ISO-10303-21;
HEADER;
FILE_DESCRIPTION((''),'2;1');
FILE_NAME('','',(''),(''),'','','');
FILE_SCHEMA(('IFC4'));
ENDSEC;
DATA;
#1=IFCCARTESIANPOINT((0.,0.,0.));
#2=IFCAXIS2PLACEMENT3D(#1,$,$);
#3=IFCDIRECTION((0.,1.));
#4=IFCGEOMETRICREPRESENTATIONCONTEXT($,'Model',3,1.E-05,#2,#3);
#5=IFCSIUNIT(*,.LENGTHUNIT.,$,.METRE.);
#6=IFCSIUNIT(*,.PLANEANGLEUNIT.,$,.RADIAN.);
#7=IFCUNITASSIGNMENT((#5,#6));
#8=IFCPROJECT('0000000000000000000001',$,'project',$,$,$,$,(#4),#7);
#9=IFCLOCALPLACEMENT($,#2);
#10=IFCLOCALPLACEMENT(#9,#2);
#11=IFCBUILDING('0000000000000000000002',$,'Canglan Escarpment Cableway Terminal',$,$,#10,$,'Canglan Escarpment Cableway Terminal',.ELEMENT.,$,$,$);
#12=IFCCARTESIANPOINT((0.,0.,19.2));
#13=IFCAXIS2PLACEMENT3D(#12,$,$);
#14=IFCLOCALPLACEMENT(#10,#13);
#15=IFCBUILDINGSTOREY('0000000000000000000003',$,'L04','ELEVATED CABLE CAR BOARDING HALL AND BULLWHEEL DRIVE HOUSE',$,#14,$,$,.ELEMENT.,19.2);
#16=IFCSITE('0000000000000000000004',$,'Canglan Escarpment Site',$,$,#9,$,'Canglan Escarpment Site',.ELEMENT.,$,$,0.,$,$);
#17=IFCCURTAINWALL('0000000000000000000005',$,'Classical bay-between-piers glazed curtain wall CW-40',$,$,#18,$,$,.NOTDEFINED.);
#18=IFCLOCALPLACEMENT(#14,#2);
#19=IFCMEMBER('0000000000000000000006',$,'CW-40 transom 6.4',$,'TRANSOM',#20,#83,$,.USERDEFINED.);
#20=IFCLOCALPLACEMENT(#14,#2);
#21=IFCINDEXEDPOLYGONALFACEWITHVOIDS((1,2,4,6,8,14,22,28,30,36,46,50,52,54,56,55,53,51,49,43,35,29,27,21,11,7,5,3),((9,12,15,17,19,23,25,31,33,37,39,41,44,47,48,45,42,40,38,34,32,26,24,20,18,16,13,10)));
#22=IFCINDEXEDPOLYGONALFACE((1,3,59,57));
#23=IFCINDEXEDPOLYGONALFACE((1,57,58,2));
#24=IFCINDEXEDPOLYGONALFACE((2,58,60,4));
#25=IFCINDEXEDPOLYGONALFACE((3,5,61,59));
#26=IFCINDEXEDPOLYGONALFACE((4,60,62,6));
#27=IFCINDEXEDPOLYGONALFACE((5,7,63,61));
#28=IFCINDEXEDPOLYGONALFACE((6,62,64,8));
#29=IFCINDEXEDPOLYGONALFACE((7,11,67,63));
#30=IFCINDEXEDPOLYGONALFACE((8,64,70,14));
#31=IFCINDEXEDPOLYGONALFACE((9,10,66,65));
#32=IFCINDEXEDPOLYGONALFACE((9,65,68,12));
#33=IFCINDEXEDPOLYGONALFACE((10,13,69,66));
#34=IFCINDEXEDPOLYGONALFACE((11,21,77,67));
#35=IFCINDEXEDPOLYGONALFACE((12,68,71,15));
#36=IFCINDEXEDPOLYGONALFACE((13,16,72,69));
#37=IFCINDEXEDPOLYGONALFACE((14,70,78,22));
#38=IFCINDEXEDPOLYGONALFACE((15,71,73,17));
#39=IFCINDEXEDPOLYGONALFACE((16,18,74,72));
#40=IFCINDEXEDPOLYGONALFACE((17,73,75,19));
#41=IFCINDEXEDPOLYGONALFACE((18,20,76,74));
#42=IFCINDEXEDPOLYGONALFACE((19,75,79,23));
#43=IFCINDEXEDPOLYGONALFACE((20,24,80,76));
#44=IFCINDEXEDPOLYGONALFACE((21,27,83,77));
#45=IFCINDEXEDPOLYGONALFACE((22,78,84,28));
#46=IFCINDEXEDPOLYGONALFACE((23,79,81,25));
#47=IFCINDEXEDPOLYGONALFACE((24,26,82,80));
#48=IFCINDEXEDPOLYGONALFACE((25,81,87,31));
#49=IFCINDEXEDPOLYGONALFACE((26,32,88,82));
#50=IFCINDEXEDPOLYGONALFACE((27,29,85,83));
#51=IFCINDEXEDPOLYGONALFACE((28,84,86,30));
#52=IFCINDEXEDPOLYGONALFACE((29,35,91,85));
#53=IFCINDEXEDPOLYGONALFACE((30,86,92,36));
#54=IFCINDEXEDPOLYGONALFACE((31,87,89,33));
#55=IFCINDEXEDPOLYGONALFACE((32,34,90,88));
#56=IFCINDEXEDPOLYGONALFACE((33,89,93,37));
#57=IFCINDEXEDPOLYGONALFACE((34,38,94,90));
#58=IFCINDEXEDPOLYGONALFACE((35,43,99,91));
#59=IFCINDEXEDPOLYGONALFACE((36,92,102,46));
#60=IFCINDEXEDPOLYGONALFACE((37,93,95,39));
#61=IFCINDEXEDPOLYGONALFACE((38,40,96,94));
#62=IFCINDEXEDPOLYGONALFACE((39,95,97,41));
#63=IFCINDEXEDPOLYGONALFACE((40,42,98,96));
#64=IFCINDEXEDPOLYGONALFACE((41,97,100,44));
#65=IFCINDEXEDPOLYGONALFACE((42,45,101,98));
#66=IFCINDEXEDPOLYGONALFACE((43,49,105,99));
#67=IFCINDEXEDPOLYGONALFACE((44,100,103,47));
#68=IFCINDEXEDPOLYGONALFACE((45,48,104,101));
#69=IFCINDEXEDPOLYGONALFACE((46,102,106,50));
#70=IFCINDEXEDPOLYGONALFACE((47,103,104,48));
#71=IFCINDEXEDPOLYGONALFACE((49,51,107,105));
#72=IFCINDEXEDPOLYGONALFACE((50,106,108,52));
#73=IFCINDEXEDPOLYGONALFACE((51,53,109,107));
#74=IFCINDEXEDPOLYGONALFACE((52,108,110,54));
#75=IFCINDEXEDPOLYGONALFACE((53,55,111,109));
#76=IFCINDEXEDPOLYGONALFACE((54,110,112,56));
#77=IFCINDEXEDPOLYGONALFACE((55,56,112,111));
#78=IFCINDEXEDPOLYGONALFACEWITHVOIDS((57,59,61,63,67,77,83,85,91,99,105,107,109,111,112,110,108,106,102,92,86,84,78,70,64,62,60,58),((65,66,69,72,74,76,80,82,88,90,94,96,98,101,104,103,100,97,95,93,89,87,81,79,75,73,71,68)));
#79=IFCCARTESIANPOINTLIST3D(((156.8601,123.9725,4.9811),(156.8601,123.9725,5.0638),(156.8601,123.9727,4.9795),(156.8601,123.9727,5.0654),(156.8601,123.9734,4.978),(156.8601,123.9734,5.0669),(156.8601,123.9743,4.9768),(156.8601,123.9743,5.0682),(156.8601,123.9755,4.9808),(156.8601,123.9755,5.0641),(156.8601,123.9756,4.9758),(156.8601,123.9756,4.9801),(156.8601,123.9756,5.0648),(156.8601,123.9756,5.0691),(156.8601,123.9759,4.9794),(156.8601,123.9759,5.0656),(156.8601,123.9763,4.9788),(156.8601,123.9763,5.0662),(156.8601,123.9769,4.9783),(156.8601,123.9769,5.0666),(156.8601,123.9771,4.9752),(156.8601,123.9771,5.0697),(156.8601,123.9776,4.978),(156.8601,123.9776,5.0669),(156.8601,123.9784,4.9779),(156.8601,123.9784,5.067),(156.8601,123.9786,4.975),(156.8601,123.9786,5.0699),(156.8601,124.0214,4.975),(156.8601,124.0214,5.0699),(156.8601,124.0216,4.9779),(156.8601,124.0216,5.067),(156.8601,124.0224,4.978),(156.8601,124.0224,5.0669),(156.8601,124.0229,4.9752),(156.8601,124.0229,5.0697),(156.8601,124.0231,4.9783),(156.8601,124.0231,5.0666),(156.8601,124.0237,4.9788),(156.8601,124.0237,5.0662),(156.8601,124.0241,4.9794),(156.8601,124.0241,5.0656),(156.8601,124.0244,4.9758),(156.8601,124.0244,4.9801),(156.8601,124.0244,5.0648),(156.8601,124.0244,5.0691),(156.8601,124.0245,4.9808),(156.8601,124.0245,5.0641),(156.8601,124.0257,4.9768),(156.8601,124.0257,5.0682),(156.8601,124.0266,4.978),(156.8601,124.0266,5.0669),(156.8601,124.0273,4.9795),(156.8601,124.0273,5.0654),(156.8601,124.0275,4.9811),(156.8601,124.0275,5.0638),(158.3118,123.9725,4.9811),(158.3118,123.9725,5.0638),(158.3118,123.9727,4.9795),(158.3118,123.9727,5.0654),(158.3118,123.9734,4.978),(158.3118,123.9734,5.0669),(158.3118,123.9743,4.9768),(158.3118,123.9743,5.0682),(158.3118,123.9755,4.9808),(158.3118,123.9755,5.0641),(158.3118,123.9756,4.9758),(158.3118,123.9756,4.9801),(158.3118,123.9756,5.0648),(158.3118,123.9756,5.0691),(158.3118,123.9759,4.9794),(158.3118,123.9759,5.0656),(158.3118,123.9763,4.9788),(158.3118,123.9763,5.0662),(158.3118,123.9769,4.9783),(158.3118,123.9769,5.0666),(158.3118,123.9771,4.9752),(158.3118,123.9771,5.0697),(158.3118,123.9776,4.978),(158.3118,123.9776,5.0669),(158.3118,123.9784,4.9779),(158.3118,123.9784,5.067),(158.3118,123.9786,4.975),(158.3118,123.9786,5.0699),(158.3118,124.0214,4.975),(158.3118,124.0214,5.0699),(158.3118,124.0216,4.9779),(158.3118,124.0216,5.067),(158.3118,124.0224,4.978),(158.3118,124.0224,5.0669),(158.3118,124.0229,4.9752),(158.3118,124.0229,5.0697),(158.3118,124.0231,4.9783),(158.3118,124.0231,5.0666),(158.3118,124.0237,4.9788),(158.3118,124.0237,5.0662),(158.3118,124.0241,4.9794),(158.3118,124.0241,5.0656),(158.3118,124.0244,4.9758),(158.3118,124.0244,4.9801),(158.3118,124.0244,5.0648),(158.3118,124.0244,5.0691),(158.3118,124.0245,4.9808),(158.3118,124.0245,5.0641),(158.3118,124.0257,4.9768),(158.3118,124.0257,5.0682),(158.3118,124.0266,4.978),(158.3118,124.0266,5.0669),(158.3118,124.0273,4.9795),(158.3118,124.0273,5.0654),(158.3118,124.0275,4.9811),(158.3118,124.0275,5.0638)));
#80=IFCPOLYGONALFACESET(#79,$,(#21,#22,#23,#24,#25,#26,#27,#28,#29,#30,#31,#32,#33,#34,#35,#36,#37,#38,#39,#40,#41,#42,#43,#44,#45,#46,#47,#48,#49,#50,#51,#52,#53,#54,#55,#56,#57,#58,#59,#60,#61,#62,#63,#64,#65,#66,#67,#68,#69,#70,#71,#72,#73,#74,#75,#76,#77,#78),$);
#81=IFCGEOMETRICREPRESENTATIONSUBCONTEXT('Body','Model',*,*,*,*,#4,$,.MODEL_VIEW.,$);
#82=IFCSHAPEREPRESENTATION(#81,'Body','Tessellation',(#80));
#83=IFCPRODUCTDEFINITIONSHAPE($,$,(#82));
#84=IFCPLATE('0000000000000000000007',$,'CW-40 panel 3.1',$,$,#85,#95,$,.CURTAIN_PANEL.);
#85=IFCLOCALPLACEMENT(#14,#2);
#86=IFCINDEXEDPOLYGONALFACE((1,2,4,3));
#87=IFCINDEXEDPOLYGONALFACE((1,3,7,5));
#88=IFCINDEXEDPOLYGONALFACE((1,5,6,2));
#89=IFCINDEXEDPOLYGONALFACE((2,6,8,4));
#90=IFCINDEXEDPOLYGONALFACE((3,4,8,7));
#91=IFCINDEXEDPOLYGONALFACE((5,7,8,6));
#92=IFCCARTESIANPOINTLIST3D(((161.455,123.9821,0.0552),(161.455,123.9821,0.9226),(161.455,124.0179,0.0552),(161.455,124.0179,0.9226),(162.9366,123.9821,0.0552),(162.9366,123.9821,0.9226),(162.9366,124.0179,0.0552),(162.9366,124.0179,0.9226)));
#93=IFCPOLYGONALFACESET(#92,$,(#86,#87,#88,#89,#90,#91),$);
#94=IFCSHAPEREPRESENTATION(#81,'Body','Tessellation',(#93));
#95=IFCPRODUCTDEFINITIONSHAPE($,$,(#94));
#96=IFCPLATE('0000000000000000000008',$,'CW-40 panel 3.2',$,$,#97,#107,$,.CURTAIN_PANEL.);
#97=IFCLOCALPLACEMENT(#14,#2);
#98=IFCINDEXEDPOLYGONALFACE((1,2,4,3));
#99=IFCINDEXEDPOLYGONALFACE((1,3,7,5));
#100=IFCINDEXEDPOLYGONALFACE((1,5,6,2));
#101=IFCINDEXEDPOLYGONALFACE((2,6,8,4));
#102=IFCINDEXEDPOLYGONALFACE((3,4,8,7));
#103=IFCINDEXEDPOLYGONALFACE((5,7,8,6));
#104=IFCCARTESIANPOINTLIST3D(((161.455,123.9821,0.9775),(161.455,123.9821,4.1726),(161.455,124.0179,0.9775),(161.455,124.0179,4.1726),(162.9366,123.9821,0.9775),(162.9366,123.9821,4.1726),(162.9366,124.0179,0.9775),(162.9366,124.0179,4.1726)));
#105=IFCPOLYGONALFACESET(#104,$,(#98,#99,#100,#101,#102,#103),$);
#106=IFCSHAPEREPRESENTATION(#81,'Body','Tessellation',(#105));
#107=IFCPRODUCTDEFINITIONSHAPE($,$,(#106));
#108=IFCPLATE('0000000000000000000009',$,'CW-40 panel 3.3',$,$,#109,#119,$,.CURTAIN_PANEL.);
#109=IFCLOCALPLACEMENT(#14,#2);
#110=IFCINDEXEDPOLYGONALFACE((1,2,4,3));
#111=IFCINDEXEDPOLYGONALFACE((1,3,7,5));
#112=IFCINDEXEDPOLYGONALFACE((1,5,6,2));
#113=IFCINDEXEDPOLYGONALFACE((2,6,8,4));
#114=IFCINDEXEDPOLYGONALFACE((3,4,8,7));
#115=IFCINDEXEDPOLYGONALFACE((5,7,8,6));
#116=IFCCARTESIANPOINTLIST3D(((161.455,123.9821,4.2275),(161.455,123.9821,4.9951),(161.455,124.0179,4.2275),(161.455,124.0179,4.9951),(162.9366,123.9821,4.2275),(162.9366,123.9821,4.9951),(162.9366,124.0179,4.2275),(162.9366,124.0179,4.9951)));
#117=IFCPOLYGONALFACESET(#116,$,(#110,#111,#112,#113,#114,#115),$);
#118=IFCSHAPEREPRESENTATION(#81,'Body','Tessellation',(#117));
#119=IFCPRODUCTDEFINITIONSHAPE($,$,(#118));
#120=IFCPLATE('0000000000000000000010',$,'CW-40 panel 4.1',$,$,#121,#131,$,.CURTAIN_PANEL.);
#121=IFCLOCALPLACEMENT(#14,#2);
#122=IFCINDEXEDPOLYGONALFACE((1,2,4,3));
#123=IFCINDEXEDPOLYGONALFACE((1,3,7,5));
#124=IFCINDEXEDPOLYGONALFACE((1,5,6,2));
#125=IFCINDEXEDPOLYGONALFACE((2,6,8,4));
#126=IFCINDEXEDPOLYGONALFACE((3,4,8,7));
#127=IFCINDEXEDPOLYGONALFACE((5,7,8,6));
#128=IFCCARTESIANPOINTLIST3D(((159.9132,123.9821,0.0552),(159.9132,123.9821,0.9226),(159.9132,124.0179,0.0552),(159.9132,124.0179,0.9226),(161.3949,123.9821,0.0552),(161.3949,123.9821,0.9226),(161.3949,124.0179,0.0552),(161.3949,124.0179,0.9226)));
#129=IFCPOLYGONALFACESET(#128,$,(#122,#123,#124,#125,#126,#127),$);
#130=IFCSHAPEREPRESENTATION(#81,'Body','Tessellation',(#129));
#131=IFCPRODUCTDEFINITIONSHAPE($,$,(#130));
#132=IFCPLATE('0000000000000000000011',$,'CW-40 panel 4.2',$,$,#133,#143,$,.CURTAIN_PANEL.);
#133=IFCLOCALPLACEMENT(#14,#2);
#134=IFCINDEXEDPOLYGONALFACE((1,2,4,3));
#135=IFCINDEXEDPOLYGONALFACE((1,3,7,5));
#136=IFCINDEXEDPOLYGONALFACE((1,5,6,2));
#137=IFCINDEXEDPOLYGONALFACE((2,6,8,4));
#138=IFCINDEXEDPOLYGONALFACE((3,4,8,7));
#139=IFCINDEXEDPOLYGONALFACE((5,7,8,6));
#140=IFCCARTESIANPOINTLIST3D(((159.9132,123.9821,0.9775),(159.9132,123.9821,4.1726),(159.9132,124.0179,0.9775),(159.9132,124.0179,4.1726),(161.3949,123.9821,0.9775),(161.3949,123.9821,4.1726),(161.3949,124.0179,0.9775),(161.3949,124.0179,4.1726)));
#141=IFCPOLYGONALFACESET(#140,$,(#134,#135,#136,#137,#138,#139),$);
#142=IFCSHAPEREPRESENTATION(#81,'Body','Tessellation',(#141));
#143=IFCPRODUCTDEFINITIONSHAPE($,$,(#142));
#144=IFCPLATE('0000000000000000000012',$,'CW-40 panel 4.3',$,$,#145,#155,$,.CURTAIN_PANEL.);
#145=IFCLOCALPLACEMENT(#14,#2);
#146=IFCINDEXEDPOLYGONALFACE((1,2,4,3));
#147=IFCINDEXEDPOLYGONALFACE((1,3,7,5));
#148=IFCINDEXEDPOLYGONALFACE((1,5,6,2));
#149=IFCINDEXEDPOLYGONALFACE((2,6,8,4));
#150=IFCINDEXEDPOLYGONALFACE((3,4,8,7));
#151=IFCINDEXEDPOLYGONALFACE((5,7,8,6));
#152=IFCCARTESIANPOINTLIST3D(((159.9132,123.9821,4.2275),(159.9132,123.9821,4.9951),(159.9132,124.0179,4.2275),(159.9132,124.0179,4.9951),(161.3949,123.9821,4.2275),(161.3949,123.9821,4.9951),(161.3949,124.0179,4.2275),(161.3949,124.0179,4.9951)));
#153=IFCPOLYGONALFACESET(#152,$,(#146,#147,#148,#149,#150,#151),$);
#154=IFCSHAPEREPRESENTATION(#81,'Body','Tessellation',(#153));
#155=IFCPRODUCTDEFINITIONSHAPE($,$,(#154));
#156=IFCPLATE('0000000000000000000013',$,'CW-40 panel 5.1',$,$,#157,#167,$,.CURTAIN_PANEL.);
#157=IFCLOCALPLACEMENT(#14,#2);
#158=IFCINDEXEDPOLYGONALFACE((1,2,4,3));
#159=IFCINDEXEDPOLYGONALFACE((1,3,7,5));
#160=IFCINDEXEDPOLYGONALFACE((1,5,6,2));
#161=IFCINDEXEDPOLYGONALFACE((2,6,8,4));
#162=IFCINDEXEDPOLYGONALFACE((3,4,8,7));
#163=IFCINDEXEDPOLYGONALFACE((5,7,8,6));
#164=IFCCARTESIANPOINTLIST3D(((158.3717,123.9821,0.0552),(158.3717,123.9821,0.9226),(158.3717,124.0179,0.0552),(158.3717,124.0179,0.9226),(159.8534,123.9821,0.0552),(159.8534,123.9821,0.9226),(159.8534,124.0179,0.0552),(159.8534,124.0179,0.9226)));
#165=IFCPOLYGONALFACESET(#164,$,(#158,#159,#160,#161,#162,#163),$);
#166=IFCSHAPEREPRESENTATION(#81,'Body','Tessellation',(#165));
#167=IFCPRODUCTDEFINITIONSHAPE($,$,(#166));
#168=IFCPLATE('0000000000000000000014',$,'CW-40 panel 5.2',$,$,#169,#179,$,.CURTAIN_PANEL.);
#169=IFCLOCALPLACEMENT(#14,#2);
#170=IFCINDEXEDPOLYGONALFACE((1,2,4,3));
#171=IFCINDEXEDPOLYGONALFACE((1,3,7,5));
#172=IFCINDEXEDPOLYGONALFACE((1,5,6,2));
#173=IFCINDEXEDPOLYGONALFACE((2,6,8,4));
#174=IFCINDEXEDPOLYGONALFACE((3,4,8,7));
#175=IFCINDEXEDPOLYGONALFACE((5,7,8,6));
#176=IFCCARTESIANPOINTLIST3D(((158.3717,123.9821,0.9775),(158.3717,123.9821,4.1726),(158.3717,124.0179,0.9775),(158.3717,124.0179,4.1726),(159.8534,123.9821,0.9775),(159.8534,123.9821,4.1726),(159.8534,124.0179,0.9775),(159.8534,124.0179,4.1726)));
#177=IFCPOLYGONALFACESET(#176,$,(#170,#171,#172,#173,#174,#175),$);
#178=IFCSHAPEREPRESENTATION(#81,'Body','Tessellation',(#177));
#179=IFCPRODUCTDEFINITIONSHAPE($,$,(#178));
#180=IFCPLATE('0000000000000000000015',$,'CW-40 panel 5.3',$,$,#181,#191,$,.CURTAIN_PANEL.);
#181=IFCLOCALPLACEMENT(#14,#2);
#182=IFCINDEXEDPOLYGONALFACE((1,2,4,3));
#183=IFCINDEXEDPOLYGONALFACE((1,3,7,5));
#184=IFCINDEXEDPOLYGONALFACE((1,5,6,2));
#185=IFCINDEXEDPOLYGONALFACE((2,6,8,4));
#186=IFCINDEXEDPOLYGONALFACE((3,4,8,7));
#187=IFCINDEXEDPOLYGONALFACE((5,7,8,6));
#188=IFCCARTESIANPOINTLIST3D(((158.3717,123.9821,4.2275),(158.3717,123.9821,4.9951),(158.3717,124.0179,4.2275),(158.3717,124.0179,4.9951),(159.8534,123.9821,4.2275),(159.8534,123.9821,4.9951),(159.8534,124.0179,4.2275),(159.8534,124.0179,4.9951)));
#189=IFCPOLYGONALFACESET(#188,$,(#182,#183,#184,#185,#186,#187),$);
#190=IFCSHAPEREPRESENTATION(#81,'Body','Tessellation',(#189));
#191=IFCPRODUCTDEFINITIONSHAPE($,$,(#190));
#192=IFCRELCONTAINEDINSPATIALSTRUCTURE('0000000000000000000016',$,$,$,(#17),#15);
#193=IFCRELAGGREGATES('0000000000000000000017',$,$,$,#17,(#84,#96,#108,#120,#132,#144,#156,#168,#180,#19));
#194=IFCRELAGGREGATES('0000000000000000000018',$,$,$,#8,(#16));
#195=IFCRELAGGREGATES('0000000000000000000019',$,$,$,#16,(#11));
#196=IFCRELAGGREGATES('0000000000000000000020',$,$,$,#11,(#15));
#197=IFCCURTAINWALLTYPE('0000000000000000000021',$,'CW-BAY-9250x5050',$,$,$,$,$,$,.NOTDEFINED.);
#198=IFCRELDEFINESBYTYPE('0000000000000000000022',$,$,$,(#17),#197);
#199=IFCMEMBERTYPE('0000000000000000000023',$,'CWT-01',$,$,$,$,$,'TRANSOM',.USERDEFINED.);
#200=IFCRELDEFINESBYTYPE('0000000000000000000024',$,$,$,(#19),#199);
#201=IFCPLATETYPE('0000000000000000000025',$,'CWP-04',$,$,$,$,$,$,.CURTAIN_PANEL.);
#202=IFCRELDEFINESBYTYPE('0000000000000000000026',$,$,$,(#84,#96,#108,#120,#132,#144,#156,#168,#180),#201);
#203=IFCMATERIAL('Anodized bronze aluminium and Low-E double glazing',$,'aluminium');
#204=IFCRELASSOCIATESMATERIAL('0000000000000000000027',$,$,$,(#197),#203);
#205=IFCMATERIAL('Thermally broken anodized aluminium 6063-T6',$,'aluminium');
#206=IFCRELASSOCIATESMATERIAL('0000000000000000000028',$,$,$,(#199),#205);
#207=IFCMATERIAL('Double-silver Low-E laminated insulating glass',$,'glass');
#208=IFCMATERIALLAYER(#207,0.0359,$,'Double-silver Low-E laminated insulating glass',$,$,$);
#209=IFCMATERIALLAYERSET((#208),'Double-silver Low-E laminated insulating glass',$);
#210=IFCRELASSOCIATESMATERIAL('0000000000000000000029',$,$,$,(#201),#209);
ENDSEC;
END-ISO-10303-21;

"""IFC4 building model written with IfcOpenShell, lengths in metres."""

from ifc_helpers import new_model, si_unit, direction, frame, origin, origin_2d, place, context, subcontext, project, spatial, rectangle, hollow_rectangle, extrude, material, layer, layer_set, material_profile, profile_set, type_object, element, aggregate, save


model = new_model("IFC4")

# Units and contexts
model_context = context("Model", 3, precision=1e-05, world=origin(), true_north=direction((0.0, 1.0)))
body_context = subcontext(model_context, "Body", "Model", "MODEL_VIEW")
ifc_project = project(units=[si_unit("LENGTHUNIT", "METRE"), si_unit("PLANEANGLEUNIT", "RADIAN")], contexts=[model_context])

# Site, building, storey
site_placement = place(None, origin())
site = spatial("IfcSite", under=ifc_project, at=site_placement, Name="Canglan Escarpment Site", LongName="Canglan Escarpment Site", CompositionType="ELEMENT", RefElevation=0.0)
building_placement = place(site_placement, origin())
building = spatial("IfcBuilding", under=site, at=building_placement, Name="Canglan Escarpment Cableway Terminal", LongName="Canglan Escarpment Cableway Terminal", CompositionType="ELEMENT")
storey_placement = place(building_placement, frame((0.0, 0.0, 19.2)))
storey = spatial("IfcBuildingStorey", under=building, at=storey_placement, Name="L04", Description="ELEVATED CABLE CAR BOARDING HALL AND BULLWHEEL DRIVE HOUSE", CompositionType="ELEMENT", Elevation=19.2)

# Curtain wall
ifc_material_1 = material(Name="Anodized bronze aluminium and Low-E double glazing", Category="aluminium")
curtain_wall_type = type_object("IfcCurtainWallType", Name="CW-BAY-9250x5050", PredefinedType="NOTDEFINED", material=ifc_material_1)
curtain_wall_1_placement = place(storey_placement, origin())
curtain_wall_1 = element("IfcCurtainWall", 1, at=curtain_wall_1_placement, inside=storey, type_object=curtain_wall_type, Name="Classical bay-between-piers glazed curtain wall CW-40", PredefinedType="NOTDEFINED")
ifc_material_2 = material(Name="Thermally broken anodized aluminium 6063-T6", Category="aluminium")

# Member
ifc_material_profile_1 = material_profile(ifc_material_2, hollow_rectangle(XDim=0.0549, YDim=0.095, WallThickness=0.0029, InnerFilletRadius=0.0029, OuterFilletRadius=0.0061, at=origin_2d()), Name="ALU-TRAN 55x95x3")
ifc_profile_set_1 = profile_set([ifc_material_profile_1], Name="Thermally broken anodized aluminium 6063-T6")
member_type_1 = type_object("IfcMemberType", Name="CWT-01", ElementType="TRANSOM", PredefinedType="USERDEFINED", material=ifc_profile_set_1)
member_1_placement = place(storey_placement, frame((158.3118, 124.0, 5.0225), z_axis=(-1.0, 0.0, 0.0), x_axis=(0.0, -1.0, 0.0)))
member_1 = element("IfcMember", 2, at=member_1_placement, type_object=member_type_1, Name="CW-40 transom 6.4", ObjectType="TRANSOM", PredefinedType="USERDEFINED", context=body_context, shape_type="SweptSolid", body=[
    extrude(hollow_rectangle(XDim=0.0549, YDim=0.095, WallThickness=0.0029, InnerFilletRadius=0.0029, OuterFilletRadius=0.0061, at=origin_2d()), origin(), (0.0, 0.0, 1.0), 1.4517),
])

# Plates
ifc_material_3 = material(Name="Double-silver Low-E laminated insulating glass", Category="glass")
ifc_layer_1 = layer(ifc_material_3, 0.0359, Name="Double-silver Low-E laminated insulating glass")
ifc_layer_set_1 = layer_set([ifc_layer_1], Name="Double-silver Low-E laminated insulating glass")
plate_type = type_object("IfcPlateType", Name="CWP-04", PredefinedType="CURTAIN_PANEL", material=ifc_layer_set_1)
plate_1_placement = place(storey_placement, frame((162.1958, 124.0, 0.0552), z_axis=(0.0, 0.0, 1.0), x_axis=(-1.0, 0.0, 0.0)))
plate_1 = element("IfcPlate", 3, at=plate_1_placement, type_object=plate_type, Name="CW-40 panel 3.1", PredefinedType="CURTAIN_PANEL", context=body_context, shape_type="SweptSolid", body=[
    extrude(rectangle(XDim=1.4817, YDim=0.0359, at=origin_2d()), origin(), (0.0, 0.0, 1.0), 0.8674),
])
plate_2_placement = place(storey_placement, frame((162.1958, 124.0, 0.9775), z_axis=(0.0, 0.0, 1.0), x_axis=(-1.0, 0.0, 0.0)))
plate_2 = element("IfcPlate", 4, at=plate_2_placement, type_object=plate_type, Name="CW-40 panel 3.2", PredefinedType="CURTAIN_PANEL", context=body_context, shape_type="SweptSolid", body=[
    extrude(rectangle(XDim=1.4817, YDim=0.0359, at=origin_2d()), origin(), (0.0, 0.0, 1.0), 3.1951),
])
plate_3_placement = place(storey_placement, frame((162.1958, 124.0, 4.2275), z_axis=(0.0, 0.0, 1.0), x_axis=(-1.0, 0.0, 0.0)))
plate_3 = element("IfcPlate", 5, at=plate_3_placement, type_object=plate_type, Name="CW-40 panel 3.3", PredefinedType="CURTAIN_PANEL", context=body_context, shape_type="SweptSolid", body=[
    extrude(rectangle(XDim=1.4817, YDim=0.0359, at=origin_2d()), origin(), (0.0, 0.0, 1.0), 0.7676),
])
plate_4_placement = place(storey_placement, frame((160.6541, 124.0, 0.0552), z_axis=(0.0, 0.0, 1.0), x_axis=(-1.0, 0.0, 0.0)))
plate_4 = element("IfcPlate", 6, at=plate_4_placement, type_object=plate_type, Name="CW-40 panel 4.1", PredefinedType="CURTAIN_PANEL", context=body_context, shape_type="SweptSolid", body=[
    extrude(rectangle(XDim=1.4817, YDim=0.0359, at=origin_2d()), origin(), (0.0, 0.0, 1.0), 0.8674),
])
plate_5_placement = place(storey_placement, frame((160.6541, 124.0, 0.9775), z_axis=(0.0, 0.0, 1.0), x_axis=(-1.0, 0.0, 0.0)))
plate_5 = element("IfcPlate", 7, at=plate_5_placement, type_object=plate_type, Name="CW-40 panel 4.2", PredefinedType="CURTAIN_PANEL", context=body_context, shape_type="SweptSolid", body=[
    extrude(rectangle(XDim=1.4817, YDim=0.0359, at=origin_2d()), origin(), (0.0, 0.0, 1.0), 3.1951),
])
plate_6_placement = place(storey_placement, frame((160.6541, 124.0, 4.2275), z_axis=(0.0, 0.0, 1.0), x_axis=(-1.0, 0.0, 0.0)))
plate_6 = element("IfcPlate", 8, at=plate_6_placement, type_object=plate_type, Name="CW-40 panel 4.3", PredefinedType="CURTAIN_PANEL", context=body_context, shape_type="SweptSolid", body=[
    extrude(rectangle(XDim=1.4817, YDim=0.0359, at=origin_2d()), origin(), (0.0, 0.0, 1.0), 0.7676),
])
plate_7_placement = place(storey_placement, frame((159.1125, 124.0, 0.0552), z_axis=(0.0, 0.0, 1.0), x_axis=(-1.0, 0.0, 0.0)))
plate_7 = element("IfcPlate", 9, at=plate_7_placement, type_object=plate_type, Name="CW-40 panel 5.1", PredefinedType="CURTAIN_PANEL", context=body_context, shape_type="SweptSolid", body=[
    extrude(rectangle(XDim=1.4817, YDim=0.0359, at=origin_2d()), origin(), (0.0, 0.0, 1.0), 0.8674),
])
plate_8_placement = place(storey_placement, frame((159.1125, 124.0, 0.9775), z_axis=(0.0, 0.0, 1.0), x_axis=(-1.0, 0.0, 0.0)))
plate_8 = element("IfcPlate", 10, at=plate_8_placement, type_object=plate_type, Name="CW-40 panel 5.2", PredefinedType="CURTAIN_PANEL", context=body_context, shape_type="SweptSolid", body=[
    extrude(rectangle(XDim=1.4817, YDim=0.0359, at=origin_2d()), origin(), (0.0, 0.0, 1.0), 3.1951),
])
plate_9_placement = place(storey_placement, frame((159.1125, 124.0, 4.2275), z_axis=(0.0, 0.0, 1.0), x_axis=(-1.0, 0.0, 0.0)))
plate_9 = element("IfcPlate", 11, at=plate_9_placement, type_object=plate_type, Name="CW-40 panel 5.3", PredefinedType="CURTAIN_PANEL", context=body_context, shape_type="SweptSolid", body=[
    extrude(rectangle(XDim=1.4817, YDim=0.0359, at=origin_2d()), origin(), (0.0, 0.0, 1.0), 0.7676),
])
aggregate(curtain_wall_1, [plate_1, plate_2, plate_3, plate_4, plate_5, plate_6, plate_7, plate_8, plate_9, member_1])

save(model, "model.ifc")
